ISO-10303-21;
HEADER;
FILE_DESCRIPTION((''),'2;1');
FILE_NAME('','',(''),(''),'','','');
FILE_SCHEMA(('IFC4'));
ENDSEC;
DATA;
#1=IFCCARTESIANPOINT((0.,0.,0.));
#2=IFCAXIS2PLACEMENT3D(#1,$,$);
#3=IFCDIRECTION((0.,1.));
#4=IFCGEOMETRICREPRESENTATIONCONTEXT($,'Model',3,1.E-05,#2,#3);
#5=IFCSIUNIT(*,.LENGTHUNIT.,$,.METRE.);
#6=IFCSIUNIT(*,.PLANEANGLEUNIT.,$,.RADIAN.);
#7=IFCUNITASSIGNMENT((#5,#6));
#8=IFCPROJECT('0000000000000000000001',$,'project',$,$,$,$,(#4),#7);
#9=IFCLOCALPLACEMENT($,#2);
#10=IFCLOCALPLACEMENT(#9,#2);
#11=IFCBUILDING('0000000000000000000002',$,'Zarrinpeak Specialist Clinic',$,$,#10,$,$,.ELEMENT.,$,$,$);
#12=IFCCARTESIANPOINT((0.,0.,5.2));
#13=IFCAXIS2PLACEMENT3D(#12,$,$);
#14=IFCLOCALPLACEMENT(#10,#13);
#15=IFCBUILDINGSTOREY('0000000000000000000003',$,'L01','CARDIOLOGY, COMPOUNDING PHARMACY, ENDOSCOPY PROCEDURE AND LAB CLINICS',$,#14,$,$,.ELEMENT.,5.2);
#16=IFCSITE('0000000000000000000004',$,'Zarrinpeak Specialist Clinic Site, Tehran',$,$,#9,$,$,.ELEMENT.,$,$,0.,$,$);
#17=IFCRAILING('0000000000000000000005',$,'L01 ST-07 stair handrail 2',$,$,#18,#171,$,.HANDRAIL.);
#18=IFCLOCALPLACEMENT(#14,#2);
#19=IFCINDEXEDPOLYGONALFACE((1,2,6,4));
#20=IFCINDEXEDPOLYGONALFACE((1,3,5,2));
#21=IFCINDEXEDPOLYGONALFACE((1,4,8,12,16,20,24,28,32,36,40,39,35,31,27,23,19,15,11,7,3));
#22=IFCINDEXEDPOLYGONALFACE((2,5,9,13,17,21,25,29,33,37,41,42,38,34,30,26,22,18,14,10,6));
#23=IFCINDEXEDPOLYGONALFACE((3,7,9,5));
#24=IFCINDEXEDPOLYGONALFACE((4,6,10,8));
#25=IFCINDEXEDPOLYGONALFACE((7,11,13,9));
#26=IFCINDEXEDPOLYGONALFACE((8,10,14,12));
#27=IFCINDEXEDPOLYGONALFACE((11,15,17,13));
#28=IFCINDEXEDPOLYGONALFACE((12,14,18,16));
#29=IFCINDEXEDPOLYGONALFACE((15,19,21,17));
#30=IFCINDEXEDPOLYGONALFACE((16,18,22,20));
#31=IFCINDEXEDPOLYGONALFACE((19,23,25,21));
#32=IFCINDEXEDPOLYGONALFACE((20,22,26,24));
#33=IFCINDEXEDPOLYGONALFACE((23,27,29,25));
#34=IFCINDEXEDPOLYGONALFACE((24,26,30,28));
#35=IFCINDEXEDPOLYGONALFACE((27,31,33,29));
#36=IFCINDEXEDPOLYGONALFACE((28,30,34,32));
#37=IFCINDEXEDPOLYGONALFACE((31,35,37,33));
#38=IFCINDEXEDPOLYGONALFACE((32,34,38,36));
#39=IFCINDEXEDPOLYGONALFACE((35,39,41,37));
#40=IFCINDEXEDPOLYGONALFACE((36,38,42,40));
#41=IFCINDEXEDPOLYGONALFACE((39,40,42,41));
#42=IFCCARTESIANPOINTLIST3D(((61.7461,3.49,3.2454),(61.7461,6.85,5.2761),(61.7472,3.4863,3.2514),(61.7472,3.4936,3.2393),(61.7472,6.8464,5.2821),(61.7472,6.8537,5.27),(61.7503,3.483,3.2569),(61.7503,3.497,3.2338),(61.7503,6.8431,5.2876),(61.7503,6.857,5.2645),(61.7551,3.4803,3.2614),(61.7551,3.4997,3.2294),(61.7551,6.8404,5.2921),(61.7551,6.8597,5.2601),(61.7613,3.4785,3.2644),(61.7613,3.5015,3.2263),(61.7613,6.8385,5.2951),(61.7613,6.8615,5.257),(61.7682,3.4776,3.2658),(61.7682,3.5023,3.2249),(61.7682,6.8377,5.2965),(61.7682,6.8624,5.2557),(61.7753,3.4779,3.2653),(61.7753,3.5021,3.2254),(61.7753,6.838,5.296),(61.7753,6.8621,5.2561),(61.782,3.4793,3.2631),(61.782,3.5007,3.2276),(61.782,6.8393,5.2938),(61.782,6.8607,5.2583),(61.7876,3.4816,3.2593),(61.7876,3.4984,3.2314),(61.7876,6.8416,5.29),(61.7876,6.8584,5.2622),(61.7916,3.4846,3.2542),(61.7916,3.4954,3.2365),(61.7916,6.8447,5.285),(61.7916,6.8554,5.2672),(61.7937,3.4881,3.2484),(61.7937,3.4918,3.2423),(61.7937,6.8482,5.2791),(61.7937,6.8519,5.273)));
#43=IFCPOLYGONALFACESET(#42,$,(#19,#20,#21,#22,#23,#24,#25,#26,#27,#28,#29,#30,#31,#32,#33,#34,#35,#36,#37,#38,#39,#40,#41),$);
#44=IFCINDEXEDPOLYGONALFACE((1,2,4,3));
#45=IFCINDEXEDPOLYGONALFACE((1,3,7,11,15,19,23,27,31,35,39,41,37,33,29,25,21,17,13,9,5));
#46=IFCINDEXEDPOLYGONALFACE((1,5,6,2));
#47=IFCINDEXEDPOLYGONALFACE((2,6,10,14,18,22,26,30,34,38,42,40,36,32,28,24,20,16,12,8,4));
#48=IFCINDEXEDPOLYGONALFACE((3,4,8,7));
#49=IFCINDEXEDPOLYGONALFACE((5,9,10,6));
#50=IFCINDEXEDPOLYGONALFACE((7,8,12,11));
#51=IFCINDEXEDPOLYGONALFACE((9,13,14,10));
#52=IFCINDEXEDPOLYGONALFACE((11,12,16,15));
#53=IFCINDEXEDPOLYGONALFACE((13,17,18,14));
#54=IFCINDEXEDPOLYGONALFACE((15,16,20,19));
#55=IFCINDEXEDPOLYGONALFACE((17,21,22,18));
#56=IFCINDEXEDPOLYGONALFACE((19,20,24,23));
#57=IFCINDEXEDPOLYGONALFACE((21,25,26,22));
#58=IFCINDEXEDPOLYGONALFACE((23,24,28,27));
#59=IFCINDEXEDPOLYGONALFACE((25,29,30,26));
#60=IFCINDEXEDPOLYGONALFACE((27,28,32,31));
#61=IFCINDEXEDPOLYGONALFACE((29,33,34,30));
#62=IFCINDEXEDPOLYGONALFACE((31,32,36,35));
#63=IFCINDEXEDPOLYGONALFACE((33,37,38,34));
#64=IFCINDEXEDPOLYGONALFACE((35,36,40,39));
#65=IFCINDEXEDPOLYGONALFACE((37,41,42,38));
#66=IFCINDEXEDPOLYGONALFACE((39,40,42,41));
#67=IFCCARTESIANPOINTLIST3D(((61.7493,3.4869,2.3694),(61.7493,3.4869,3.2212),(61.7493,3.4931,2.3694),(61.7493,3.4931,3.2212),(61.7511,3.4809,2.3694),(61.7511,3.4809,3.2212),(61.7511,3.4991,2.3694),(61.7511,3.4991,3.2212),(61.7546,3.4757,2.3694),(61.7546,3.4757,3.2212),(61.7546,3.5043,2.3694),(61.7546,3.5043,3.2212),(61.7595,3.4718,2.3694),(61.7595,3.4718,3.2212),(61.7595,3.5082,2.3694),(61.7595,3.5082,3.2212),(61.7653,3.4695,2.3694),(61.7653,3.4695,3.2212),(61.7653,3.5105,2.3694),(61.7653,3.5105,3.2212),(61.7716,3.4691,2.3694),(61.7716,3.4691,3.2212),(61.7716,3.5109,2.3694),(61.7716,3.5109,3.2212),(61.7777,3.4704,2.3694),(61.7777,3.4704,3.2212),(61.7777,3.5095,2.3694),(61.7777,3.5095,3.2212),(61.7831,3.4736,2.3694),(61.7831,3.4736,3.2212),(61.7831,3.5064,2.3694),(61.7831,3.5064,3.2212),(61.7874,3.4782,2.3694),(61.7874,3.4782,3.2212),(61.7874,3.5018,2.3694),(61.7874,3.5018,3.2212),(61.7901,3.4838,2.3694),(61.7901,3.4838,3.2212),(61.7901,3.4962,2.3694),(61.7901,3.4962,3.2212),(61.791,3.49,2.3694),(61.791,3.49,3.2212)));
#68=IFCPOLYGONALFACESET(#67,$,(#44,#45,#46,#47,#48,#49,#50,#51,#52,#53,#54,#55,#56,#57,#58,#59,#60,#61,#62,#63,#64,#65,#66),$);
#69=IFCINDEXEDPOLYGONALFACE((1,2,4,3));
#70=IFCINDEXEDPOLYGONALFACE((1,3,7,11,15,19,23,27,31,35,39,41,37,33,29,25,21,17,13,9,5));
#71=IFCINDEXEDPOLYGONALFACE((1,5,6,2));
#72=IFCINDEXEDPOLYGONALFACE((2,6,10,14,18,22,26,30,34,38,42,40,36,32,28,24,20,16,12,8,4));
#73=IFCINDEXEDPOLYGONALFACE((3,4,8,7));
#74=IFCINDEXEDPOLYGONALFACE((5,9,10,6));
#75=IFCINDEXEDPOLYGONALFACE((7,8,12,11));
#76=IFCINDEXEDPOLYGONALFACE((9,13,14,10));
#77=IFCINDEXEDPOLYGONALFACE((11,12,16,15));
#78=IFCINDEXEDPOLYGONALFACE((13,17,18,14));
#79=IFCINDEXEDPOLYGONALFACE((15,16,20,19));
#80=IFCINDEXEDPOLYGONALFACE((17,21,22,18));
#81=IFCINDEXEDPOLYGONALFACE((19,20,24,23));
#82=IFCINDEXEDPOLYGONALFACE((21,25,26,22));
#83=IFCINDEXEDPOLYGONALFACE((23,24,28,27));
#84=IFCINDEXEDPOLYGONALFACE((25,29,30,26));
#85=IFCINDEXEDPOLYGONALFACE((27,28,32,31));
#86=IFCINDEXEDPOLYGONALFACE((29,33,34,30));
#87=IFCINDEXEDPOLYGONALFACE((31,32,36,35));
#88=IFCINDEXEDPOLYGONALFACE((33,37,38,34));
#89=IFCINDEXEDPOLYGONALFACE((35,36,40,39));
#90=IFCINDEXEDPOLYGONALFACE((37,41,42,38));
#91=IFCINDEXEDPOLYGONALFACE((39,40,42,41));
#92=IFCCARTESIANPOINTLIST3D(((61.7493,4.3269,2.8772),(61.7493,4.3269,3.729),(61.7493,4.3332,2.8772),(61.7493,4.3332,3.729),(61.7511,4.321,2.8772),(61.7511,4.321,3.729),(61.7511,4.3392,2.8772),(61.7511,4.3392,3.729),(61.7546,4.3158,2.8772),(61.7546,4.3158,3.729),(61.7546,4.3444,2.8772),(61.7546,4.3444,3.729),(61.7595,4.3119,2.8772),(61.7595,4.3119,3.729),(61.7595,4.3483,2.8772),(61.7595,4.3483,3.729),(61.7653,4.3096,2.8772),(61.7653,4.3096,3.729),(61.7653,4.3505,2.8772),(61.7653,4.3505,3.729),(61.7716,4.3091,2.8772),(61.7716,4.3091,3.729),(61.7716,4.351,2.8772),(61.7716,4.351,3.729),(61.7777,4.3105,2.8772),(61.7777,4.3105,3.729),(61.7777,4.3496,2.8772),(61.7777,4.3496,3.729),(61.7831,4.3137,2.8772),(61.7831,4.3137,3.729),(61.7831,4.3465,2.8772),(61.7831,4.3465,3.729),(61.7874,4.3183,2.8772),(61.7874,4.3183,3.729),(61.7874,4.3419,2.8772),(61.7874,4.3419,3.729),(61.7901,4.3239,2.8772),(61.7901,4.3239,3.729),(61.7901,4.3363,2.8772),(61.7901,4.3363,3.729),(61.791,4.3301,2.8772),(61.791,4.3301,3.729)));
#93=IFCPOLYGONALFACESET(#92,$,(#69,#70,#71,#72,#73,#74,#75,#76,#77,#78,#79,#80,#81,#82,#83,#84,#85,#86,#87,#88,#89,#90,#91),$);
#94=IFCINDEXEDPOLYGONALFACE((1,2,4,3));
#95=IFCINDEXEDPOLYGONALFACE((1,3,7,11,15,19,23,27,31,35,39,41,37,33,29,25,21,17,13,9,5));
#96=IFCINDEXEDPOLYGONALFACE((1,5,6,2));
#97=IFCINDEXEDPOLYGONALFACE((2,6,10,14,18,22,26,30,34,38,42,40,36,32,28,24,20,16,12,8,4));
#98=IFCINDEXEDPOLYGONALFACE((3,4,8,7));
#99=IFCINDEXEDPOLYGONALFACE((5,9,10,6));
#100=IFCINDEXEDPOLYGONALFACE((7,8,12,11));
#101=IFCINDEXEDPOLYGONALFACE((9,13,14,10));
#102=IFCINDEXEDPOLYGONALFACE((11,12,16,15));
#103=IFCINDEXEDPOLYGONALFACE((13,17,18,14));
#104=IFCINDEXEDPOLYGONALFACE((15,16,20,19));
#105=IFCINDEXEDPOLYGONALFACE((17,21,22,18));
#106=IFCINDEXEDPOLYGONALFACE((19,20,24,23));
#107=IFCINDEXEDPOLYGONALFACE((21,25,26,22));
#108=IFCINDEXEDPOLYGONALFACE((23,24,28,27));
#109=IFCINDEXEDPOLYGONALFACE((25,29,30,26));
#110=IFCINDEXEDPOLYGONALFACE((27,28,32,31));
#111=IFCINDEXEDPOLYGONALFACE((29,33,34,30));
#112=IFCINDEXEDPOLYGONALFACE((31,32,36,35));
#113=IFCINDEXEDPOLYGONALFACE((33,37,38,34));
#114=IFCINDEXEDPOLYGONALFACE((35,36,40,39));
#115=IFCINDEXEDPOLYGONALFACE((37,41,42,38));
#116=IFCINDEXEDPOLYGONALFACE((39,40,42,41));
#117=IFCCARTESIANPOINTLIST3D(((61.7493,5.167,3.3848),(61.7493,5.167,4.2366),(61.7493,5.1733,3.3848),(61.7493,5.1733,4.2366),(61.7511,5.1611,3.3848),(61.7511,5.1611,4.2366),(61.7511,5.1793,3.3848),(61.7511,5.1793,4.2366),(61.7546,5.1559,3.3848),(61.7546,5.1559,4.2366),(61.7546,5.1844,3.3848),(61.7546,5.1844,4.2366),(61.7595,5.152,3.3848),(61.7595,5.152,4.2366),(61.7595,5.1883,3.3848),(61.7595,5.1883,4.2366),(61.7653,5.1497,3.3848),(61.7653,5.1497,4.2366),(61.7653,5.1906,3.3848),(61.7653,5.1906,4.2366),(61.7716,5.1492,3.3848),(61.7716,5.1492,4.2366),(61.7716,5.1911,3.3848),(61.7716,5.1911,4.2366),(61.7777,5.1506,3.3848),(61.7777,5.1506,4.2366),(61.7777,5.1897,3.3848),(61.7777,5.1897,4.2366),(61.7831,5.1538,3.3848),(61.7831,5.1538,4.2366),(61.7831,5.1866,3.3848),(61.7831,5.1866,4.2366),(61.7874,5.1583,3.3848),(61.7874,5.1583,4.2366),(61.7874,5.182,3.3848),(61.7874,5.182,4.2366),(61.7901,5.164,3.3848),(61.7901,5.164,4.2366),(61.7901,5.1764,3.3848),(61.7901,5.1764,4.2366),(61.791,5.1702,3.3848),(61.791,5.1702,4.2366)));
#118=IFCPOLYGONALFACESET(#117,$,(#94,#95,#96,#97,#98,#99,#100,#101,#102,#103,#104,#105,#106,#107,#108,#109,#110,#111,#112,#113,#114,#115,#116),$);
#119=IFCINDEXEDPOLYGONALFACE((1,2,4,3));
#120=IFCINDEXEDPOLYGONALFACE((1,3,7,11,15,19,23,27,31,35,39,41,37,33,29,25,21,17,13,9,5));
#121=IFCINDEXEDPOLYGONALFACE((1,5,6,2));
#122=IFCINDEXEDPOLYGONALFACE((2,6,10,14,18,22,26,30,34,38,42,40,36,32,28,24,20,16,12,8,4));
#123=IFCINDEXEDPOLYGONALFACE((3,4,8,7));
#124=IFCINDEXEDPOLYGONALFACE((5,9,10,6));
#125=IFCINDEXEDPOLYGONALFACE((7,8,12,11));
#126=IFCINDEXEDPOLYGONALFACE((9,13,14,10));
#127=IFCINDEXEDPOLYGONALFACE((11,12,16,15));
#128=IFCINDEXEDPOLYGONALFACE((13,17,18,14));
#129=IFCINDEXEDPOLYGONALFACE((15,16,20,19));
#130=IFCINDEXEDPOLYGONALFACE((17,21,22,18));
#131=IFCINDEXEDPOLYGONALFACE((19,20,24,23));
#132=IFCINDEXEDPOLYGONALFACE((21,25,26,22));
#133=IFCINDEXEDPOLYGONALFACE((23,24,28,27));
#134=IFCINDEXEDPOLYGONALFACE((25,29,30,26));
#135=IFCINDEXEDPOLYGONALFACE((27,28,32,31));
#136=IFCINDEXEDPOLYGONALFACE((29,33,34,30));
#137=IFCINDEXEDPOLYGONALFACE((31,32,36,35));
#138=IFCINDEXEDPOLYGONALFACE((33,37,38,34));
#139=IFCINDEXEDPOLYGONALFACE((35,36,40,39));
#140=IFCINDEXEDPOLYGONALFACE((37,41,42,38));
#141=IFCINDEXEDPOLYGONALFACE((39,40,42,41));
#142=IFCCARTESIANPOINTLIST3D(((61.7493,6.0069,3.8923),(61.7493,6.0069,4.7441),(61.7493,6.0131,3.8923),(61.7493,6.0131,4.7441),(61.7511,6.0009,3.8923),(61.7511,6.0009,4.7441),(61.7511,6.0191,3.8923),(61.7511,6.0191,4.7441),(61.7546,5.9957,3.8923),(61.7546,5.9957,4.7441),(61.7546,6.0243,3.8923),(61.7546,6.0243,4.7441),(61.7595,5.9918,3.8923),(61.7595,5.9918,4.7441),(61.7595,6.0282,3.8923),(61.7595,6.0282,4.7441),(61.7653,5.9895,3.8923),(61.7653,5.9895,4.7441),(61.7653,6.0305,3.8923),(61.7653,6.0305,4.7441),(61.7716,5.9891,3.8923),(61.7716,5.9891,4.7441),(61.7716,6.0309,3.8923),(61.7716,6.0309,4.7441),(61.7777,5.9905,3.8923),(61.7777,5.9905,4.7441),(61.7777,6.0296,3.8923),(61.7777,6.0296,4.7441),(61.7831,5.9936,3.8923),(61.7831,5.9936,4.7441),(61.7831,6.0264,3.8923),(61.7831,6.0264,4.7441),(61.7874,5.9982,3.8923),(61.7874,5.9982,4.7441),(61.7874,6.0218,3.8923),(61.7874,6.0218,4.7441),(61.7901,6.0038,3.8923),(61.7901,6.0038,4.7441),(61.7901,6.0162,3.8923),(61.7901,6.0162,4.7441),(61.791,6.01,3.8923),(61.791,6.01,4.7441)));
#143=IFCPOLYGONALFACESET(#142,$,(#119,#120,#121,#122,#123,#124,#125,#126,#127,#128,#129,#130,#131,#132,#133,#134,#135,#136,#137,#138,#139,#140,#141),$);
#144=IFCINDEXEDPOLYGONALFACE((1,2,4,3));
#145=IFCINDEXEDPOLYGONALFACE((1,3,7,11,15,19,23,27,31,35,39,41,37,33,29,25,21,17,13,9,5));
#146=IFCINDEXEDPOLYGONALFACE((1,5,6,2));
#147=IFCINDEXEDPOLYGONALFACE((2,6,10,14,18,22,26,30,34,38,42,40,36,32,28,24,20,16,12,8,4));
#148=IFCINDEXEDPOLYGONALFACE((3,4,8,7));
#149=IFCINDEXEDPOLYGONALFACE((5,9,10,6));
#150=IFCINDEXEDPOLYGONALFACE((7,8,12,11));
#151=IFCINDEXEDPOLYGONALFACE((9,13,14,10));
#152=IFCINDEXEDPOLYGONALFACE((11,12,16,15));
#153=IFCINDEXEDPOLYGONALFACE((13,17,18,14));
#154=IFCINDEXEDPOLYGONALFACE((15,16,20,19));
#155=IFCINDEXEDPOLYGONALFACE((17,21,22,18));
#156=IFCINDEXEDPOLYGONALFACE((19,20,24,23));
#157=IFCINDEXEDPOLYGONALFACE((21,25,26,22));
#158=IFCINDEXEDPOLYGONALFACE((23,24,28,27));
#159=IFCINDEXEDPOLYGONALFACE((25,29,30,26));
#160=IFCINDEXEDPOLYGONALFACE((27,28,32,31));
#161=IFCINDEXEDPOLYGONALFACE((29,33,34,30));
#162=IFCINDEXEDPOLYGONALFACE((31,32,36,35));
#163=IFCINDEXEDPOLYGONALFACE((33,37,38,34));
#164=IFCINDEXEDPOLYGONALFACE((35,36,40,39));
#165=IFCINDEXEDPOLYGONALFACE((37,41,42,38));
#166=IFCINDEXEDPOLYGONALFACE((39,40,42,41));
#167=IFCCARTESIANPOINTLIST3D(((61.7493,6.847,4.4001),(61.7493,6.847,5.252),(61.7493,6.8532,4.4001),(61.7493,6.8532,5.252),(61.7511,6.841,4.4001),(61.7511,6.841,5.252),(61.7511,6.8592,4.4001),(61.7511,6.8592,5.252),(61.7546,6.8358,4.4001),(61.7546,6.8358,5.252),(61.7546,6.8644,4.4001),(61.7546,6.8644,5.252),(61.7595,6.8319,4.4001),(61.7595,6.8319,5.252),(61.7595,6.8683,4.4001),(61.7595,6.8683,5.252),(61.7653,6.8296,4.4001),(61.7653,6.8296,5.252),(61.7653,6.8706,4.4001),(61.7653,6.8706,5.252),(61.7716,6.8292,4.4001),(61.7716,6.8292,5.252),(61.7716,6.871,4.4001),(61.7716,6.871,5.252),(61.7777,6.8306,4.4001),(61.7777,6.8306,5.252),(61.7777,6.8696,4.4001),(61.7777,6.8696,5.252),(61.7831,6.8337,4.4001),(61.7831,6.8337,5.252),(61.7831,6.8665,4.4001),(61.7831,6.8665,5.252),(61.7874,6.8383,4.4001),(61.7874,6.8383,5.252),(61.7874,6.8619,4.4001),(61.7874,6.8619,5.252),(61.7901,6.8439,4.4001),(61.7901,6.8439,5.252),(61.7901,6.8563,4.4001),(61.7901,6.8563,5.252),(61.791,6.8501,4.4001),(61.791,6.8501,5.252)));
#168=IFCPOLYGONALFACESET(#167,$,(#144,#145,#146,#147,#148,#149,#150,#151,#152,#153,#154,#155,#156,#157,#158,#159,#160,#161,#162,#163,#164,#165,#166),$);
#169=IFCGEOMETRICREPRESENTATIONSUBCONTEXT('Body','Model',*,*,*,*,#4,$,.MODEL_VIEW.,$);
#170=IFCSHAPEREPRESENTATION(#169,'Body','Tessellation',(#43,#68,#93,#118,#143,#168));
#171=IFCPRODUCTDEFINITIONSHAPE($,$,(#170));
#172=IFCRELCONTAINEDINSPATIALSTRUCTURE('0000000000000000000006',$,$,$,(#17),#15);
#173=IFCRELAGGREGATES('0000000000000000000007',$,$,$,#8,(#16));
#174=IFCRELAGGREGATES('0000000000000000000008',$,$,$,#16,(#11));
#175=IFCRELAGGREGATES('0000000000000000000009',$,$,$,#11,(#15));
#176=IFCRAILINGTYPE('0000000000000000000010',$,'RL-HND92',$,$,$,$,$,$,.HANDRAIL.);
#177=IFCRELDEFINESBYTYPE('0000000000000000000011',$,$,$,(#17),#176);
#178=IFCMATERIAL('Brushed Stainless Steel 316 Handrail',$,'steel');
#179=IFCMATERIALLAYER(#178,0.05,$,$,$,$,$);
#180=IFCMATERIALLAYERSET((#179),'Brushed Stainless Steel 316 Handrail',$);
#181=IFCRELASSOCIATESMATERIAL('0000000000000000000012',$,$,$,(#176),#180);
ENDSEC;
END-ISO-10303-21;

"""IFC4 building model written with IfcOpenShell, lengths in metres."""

from ifc_helpers import new_model, si_unit, direction, frame, origin, origin_2d, place, context, subcontext, project, spatial, circle, extrude, material, layer, layer_set, type_object, element, save


model = new_model("IFC4")

# Units and contexts
model_context = context("Model", 3, precision=1e-05, world=origin(), true_north=direction((0.0, 1.0)))
body_context = subcontext(model_context, "Body", "Model", "MODEL_VIEW")
ifc_project = project(units=[si_unit("LENGTHUNIT", "METRE"), si_unit("PLANEANGLEUNIT", "RADIAN")], contexts=[model_context])

# Site, building, storey
site_placement = place(None, origin())
site = spatial("IfcSite", under=ifc_project, at=site_placement, Name="Zarrinpeak Specialist Clinic Site, Tehran", CompositionType="ELEMENT", RefElevation=0.0)
building_placement = place(site_placement, origin())
building = spatial("IfcBuilding", under=site, at=building_placement, Name="Zarrinpeak Specialist Clinic", CompositionType="ELEMENT")
storey_placement = place(building_placement, frame((0.0, 0.0, 5.2)))
storey = spatial("IfcBuildingStorey", under=building, at=storey_placement, Name="L01", Description="CARDIOLOGY, COMPOUNDING PHARMACY, ENDOSCOPY PROCEDURE AND LAB CLINICS", CompositionType="ELEMENT", Elevation=5.2)

# Railing
ifc_material_1 = material(Name="Brushed Stainless Steel 316 Handrail", Category="steel")
ifc_layer_1 = layer(ifc_material_1, 0.05)
ifc_layer_set_1 = layer_set([ifc_layer_1], Name="Brushed Stainless Steel 316 Handrail")
railing_type_1 = type_object("IfcRailingType", Name="RL-HND92", PredefinedType="HANDRAIL", material=ifc_layer_set_1)
railing_1_placement = place(storey_placement, frame((61.77, 3.49, 2.3694)))
element("IfcRailing", 1, at=railing_1_placement, inside=storey, type_object=railing_type_1, Name="L01 ST-07 stair handrail 2", PredefinedType="HANDRAIL", context=body_context, shape_type="SweptSolid", body=[
    extrude(circle(Radius=0.0239, at=origin_2d()), frame((0.0, 0.0, 0.876), z_axis=(0.0, 0.855837, 0.517246), x_axis=(-1.0, 0.0, 0.0)), (0.0, 0.0, 1.0), 3.926),
    extrude(circle(Radius=0.021, at=origin_2d()), origin(), (0.0, 0.0, 1.0), 0.8518),
    extrude(circle(Radius=0.021, at=origin_2d()), frame((0.0, 0.8401, 0.5078)), (0.0, 0.0, 1.0), 0.8518),
    extrude(circle(Radius=0.021, at=origin_2d()), frame((0.0, 1.6802, 1.0154)), (0.0, 0.0, 1.0), 0.8518),
    extrude(circle(Radius=0.021, at=origin_2d()), frame((0.0, 2.52, 1.5229)), (0.0, 0.0, 1.0), 0.8518),
    extrude(circle(Radius=0.021, at=origin_2d()), frame((0.0, 3.3601, 2.0308)), (0.0, 0.0, 1.0), 0.8518),
])

save(model, "model.ifc")
